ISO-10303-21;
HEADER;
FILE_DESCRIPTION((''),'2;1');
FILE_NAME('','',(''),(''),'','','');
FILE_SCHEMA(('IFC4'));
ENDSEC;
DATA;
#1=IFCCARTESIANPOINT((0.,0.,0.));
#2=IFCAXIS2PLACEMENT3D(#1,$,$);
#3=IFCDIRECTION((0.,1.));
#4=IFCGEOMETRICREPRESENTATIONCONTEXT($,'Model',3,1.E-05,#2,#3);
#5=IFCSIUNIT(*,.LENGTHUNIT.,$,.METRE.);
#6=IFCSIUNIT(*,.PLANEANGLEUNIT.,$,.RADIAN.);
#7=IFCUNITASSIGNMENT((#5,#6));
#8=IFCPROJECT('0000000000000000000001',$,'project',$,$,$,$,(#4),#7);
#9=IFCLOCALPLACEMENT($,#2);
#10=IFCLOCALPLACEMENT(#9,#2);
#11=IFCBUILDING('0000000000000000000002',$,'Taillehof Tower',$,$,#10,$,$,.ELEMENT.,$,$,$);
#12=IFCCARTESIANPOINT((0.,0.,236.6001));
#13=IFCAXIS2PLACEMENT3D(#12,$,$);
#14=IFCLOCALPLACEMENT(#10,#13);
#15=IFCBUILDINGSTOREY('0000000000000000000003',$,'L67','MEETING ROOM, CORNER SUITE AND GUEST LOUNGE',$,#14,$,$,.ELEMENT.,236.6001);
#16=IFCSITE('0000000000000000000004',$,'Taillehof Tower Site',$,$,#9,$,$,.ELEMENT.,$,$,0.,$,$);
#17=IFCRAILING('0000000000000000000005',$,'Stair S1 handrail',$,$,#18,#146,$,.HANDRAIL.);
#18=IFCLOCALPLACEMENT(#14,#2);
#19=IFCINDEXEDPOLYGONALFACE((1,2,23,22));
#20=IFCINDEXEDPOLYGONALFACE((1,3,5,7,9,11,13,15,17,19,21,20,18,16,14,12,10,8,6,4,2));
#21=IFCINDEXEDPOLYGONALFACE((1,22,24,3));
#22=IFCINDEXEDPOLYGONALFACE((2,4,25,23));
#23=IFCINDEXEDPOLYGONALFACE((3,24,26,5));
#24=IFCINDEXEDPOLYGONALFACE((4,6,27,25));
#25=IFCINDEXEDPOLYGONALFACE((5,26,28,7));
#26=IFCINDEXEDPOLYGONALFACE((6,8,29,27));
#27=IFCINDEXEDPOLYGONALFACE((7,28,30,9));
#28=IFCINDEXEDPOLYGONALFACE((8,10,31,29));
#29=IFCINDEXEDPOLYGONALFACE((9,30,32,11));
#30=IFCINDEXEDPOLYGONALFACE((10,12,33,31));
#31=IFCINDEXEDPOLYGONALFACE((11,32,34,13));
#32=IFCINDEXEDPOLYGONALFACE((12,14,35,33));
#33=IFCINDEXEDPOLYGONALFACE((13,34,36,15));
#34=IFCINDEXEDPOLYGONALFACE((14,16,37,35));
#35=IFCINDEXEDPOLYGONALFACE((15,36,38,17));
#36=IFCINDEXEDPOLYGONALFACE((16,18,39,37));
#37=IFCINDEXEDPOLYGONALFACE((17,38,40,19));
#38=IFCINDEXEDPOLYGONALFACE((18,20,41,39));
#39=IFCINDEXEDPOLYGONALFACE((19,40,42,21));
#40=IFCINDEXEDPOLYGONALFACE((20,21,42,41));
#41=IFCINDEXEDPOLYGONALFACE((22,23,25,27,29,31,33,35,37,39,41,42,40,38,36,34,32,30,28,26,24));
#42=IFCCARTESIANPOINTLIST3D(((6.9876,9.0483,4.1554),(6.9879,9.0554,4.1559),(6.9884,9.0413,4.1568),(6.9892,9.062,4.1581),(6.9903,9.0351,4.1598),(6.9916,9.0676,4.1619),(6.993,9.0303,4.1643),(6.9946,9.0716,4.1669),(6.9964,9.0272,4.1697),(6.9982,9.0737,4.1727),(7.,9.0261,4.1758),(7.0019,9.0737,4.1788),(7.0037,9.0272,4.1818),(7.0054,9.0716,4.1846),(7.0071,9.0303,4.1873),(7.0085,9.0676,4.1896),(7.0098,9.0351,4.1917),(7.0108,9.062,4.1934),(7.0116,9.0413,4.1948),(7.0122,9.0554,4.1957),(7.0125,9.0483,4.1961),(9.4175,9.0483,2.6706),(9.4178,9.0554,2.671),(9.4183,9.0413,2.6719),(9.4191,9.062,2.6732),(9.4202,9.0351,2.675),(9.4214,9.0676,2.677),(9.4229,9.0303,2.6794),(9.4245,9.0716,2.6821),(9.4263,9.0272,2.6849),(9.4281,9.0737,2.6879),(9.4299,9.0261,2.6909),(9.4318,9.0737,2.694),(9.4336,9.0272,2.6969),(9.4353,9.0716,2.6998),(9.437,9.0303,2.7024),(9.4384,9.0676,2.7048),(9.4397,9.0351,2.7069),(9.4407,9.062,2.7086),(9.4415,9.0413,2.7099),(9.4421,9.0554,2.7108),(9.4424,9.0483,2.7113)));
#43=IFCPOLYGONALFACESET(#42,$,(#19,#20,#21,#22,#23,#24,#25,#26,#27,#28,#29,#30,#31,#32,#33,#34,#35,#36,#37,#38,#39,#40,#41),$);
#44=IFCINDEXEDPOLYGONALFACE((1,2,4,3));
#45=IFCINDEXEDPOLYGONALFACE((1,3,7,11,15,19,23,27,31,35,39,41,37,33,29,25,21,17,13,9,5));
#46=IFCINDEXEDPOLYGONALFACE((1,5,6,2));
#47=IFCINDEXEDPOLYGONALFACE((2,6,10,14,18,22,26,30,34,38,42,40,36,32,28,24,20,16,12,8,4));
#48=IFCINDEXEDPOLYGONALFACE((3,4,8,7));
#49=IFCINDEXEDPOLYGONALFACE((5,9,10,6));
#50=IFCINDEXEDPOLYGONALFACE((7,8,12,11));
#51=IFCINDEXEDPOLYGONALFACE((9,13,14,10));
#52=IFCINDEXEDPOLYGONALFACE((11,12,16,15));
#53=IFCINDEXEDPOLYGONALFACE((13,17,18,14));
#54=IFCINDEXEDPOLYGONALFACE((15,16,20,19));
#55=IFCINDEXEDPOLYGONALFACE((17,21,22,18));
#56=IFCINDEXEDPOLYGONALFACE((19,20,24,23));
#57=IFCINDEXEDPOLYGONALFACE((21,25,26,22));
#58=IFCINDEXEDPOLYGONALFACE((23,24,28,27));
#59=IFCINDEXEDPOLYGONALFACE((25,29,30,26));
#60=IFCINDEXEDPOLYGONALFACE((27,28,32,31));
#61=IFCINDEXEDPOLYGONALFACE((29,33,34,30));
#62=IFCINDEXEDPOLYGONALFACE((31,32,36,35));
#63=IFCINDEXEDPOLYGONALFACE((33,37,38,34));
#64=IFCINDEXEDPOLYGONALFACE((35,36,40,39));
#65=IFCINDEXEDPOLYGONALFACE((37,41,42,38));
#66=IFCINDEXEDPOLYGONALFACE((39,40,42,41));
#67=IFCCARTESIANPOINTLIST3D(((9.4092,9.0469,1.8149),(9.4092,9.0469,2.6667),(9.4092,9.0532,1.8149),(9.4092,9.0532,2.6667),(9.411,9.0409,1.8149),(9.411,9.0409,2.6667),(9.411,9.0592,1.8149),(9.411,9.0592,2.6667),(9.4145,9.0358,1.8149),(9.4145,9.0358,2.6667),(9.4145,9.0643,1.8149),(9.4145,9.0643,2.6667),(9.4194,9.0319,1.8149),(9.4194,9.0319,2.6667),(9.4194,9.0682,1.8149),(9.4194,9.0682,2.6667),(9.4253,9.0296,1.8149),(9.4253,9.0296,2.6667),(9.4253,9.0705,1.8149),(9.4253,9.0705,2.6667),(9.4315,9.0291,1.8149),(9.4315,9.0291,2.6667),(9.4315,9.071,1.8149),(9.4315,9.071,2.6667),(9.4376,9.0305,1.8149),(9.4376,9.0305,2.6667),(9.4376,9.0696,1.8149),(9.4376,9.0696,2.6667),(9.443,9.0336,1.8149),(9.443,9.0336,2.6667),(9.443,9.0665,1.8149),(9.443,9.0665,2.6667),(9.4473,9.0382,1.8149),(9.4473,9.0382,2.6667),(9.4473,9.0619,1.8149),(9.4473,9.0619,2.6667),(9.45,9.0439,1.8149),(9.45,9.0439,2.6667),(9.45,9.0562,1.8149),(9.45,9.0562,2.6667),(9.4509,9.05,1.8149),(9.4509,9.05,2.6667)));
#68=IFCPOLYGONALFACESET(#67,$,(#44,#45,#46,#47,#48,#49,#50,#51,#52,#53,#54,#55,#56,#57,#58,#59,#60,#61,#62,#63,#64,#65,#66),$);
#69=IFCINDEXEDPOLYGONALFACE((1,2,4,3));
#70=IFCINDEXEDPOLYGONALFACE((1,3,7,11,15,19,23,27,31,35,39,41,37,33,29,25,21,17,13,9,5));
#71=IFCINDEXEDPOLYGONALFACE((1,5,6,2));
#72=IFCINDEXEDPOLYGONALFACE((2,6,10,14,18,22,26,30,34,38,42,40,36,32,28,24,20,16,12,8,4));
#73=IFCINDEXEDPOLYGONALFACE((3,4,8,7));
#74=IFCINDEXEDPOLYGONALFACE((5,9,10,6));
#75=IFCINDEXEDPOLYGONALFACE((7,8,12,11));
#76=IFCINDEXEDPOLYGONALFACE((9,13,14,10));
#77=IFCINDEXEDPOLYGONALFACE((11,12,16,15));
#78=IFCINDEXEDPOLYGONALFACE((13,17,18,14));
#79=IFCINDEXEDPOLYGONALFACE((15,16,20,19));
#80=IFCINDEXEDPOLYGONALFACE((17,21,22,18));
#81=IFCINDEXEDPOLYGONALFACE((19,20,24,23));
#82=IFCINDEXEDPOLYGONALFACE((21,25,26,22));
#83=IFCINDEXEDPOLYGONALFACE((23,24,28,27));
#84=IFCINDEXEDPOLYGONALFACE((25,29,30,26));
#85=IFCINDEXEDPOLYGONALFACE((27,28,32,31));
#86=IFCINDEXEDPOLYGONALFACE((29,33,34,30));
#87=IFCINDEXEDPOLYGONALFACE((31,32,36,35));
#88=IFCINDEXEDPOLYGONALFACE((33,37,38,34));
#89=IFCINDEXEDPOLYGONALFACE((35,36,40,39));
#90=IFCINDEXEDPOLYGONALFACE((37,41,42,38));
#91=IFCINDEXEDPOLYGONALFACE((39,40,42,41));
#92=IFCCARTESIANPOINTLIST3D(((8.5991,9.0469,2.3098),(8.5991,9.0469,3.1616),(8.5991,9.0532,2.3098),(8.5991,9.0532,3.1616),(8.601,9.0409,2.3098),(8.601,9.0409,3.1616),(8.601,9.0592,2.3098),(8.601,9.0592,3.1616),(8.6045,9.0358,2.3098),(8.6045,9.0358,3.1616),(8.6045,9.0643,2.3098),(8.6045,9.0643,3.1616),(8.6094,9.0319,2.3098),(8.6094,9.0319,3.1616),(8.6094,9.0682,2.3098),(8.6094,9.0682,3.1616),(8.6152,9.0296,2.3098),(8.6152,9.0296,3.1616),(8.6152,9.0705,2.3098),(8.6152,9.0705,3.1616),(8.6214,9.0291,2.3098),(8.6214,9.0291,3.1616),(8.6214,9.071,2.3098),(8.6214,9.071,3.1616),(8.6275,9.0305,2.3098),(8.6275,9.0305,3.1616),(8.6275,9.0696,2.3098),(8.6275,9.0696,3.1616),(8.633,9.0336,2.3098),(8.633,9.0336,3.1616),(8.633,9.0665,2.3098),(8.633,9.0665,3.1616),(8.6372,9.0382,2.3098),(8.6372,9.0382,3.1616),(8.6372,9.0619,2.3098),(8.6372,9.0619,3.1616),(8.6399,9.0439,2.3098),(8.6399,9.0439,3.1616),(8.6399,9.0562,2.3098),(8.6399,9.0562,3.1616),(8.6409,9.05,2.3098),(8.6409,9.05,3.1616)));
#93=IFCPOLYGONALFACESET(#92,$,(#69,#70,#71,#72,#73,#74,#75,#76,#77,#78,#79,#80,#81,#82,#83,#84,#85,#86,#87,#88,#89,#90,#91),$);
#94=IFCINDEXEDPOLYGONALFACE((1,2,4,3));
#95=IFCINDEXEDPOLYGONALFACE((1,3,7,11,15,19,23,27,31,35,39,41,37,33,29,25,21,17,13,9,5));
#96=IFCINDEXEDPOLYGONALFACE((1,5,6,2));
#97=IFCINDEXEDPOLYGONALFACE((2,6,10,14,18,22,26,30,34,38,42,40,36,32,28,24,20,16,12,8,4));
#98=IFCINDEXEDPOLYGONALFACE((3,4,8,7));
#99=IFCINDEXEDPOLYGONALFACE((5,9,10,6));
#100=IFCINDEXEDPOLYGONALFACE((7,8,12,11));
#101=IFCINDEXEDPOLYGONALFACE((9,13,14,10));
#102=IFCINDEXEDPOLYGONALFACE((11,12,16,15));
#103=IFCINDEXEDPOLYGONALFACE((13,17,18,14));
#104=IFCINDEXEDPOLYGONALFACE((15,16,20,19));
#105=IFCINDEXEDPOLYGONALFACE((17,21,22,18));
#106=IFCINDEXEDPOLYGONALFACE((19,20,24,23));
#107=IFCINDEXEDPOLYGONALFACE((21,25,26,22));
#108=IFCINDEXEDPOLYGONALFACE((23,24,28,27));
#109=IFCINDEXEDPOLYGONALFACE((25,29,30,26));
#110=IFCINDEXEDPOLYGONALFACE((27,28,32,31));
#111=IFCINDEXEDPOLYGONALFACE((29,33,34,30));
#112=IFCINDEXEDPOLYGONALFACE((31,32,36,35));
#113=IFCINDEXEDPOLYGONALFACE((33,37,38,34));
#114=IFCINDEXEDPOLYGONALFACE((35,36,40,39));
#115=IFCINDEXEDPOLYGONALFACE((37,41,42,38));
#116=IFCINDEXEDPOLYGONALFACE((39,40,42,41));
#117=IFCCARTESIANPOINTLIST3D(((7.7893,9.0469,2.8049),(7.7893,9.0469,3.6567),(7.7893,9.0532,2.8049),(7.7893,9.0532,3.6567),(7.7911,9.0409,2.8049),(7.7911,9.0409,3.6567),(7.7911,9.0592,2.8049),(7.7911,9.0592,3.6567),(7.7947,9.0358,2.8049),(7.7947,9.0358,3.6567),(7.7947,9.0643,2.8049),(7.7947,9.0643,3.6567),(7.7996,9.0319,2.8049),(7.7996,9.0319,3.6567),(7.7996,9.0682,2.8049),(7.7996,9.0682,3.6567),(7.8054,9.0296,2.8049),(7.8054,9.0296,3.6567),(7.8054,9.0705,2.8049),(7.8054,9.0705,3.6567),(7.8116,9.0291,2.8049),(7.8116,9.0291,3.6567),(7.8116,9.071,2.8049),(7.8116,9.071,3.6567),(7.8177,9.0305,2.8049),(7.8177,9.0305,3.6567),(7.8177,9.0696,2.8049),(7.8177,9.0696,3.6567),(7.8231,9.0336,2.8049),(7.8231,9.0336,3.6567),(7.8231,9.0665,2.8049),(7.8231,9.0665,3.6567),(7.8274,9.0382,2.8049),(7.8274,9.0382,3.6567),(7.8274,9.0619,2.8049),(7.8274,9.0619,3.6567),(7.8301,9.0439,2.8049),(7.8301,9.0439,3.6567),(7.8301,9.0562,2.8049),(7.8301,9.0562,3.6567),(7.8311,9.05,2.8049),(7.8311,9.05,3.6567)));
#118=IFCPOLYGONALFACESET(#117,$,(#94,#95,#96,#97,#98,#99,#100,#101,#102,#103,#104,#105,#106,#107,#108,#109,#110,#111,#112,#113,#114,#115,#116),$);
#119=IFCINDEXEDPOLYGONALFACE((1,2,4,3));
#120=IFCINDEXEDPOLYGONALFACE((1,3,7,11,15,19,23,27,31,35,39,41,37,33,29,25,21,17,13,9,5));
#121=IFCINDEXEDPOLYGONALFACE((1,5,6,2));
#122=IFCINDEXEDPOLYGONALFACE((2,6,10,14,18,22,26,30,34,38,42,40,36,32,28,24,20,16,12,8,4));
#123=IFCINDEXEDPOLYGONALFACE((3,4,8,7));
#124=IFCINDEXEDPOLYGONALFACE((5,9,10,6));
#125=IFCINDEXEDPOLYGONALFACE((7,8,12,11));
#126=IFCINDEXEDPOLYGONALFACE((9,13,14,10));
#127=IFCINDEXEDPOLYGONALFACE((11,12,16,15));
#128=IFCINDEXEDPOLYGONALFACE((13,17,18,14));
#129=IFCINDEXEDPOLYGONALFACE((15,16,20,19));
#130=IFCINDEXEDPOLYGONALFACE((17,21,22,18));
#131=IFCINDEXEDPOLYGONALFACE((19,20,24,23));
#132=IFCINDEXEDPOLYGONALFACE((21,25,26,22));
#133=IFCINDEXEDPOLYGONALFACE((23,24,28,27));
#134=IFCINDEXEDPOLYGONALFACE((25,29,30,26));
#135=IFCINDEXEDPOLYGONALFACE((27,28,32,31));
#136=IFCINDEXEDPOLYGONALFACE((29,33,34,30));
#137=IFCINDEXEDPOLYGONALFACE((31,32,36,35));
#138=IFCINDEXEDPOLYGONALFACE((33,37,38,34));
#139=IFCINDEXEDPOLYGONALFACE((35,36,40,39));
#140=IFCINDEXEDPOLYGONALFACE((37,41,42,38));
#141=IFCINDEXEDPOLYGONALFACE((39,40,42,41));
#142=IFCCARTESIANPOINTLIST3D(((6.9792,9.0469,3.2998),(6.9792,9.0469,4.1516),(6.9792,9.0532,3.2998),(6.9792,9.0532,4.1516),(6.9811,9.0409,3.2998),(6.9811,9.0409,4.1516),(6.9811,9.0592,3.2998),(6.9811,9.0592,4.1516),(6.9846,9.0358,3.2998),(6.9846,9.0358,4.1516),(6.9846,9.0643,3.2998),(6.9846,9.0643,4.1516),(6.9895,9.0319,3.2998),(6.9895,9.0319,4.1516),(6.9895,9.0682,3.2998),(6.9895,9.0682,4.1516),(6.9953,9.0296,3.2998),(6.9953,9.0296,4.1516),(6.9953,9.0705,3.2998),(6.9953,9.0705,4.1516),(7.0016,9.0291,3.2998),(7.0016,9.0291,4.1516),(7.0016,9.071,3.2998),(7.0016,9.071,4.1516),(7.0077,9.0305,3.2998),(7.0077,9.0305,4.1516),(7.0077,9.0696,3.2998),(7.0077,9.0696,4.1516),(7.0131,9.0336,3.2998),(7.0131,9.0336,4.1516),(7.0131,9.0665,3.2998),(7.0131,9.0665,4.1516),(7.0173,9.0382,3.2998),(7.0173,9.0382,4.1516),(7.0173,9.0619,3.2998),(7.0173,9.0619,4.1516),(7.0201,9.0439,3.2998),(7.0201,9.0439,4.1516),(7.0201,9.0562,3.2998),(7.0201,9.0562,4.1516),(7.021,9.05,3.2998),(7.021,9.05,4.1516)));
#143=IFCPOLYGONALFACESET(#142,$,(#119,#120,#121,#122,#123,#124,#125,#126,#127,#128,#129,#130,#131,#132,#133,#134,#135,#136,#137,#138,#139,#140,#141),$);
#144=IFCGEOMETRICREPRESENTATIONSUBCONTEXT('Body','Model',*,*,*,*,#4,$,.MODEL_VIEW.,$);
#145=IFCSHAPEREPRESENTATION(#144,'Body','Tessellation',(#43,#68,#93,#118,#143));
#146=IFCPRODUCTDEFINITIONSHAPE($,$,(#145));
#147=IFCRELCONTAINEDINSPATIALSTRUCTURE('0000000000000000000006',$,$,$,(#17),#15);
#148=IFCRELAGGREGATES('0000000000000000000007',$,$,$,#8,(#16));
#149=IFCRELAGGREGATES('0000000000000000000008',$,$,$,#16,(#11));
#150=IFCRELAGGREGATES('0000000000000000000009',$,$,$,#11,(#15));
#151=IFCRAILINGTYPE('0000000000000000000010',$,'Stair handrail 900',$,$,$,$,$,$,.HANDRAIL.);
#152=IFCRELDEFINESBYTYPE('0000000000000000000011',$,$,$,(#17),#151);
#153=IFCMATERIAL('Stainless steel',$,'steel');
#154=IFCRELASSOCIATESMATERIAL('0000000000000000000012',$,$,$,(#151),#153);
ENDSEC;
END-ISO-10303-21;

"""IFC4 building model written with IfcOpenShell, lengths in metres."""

from ifc_helpers import new_model, si_unit, direction, frame, origin, origin_2d, place, context, subcontext, project, spatial, circle, extrude, material, type_object, element, save


model = new_model("IFC4")

# Units and contexts
model_context = context("Model", 3, precision=1e-05, world=origin(), true_north=direction((0.0, 1.0)))
body_context = subcontext(model_context, "Body", "Model", "MODEL_VIEW")
ifc_project = project(units=[si_unit("LENGTHUNIT", "METRE"), si_unit("PLANEANGLEUNIT", "RADIAN")], contexts=[model_context])

# Site, building, storey
site_placement = place(None, origin())
site = spatial("IfcSite", under=ifc_project, at=site_placement, Name="Taillehof Tower Site", CompositionType="ELEMENT", RefElevation=0.0)
building_placement = place(site_placement, origin())
building = spatial("IfcBuilding", under=site, at=building_placement, Name="Taillehof Tower", CompositionType="ELEMENT")
storey_placement = place(building_placement, frame((0.0, 0.0, 236.6001)))
storey = spatial("IfcBuildingStorey", under=building, at=storey_placement, Name="L67", Description="MEETING ROOM, CORNER SUITE AND GUEST LOUNGE", CompositionType="ELEMENT", Elevation=236.6001)

# Railing
ifc_material_1 = material(Name="Stainless steel", Category="steel")
railing_type = type_object("IfcRailingType", Name="Stair handrail 900", PredefinedType="HANDRAIL", material=ifc_material_1)
railing_1_placement = place(storey_placement, frame((9.4299, 9.05, 1.8149)))
element("IfcRailing", 1, at=railing_1_placement, inside=storey, type_object=railing_type, Name="Stair S1 handrail", PredefinedType="HANDRAIL", context=body_context, shape_type="SweptSolid", body=[
    extrude(circle(Radius=0.0239, at=origin_2d()), frame((0.0, 0.0, 0.876), z_axis=(-0.853297, 0.0, 0.521426), x_axis=(0.0, -1.0, 0.0)), (0.0, 0.0, 1.0), 2.8477),
    extrude(circle(Radius=0.021, at=origin_2d()), origin(), (0.0, 0.0, 1.0), 0.8518),
    extrude(circle(Radius=0.021, at=origin_2d()), frame((-0.8101, 0.0, 0.4949)), (0.0, 0.0, 1.0), 0.8518),
    extrude(circle(Radius=0.021, at=origin_2d()), frame((-1.6199, 0.0, 0.99)), (0.0, 0.0, 1.0), 0.8518),
    extrude(circle(Radius=0.021, at=origin_2d()), frame((-2.4299, 0.0, 1.4849)), (0.0, 0.0, 1.0), 0.8518),
])

save(model, "model.ifc")
